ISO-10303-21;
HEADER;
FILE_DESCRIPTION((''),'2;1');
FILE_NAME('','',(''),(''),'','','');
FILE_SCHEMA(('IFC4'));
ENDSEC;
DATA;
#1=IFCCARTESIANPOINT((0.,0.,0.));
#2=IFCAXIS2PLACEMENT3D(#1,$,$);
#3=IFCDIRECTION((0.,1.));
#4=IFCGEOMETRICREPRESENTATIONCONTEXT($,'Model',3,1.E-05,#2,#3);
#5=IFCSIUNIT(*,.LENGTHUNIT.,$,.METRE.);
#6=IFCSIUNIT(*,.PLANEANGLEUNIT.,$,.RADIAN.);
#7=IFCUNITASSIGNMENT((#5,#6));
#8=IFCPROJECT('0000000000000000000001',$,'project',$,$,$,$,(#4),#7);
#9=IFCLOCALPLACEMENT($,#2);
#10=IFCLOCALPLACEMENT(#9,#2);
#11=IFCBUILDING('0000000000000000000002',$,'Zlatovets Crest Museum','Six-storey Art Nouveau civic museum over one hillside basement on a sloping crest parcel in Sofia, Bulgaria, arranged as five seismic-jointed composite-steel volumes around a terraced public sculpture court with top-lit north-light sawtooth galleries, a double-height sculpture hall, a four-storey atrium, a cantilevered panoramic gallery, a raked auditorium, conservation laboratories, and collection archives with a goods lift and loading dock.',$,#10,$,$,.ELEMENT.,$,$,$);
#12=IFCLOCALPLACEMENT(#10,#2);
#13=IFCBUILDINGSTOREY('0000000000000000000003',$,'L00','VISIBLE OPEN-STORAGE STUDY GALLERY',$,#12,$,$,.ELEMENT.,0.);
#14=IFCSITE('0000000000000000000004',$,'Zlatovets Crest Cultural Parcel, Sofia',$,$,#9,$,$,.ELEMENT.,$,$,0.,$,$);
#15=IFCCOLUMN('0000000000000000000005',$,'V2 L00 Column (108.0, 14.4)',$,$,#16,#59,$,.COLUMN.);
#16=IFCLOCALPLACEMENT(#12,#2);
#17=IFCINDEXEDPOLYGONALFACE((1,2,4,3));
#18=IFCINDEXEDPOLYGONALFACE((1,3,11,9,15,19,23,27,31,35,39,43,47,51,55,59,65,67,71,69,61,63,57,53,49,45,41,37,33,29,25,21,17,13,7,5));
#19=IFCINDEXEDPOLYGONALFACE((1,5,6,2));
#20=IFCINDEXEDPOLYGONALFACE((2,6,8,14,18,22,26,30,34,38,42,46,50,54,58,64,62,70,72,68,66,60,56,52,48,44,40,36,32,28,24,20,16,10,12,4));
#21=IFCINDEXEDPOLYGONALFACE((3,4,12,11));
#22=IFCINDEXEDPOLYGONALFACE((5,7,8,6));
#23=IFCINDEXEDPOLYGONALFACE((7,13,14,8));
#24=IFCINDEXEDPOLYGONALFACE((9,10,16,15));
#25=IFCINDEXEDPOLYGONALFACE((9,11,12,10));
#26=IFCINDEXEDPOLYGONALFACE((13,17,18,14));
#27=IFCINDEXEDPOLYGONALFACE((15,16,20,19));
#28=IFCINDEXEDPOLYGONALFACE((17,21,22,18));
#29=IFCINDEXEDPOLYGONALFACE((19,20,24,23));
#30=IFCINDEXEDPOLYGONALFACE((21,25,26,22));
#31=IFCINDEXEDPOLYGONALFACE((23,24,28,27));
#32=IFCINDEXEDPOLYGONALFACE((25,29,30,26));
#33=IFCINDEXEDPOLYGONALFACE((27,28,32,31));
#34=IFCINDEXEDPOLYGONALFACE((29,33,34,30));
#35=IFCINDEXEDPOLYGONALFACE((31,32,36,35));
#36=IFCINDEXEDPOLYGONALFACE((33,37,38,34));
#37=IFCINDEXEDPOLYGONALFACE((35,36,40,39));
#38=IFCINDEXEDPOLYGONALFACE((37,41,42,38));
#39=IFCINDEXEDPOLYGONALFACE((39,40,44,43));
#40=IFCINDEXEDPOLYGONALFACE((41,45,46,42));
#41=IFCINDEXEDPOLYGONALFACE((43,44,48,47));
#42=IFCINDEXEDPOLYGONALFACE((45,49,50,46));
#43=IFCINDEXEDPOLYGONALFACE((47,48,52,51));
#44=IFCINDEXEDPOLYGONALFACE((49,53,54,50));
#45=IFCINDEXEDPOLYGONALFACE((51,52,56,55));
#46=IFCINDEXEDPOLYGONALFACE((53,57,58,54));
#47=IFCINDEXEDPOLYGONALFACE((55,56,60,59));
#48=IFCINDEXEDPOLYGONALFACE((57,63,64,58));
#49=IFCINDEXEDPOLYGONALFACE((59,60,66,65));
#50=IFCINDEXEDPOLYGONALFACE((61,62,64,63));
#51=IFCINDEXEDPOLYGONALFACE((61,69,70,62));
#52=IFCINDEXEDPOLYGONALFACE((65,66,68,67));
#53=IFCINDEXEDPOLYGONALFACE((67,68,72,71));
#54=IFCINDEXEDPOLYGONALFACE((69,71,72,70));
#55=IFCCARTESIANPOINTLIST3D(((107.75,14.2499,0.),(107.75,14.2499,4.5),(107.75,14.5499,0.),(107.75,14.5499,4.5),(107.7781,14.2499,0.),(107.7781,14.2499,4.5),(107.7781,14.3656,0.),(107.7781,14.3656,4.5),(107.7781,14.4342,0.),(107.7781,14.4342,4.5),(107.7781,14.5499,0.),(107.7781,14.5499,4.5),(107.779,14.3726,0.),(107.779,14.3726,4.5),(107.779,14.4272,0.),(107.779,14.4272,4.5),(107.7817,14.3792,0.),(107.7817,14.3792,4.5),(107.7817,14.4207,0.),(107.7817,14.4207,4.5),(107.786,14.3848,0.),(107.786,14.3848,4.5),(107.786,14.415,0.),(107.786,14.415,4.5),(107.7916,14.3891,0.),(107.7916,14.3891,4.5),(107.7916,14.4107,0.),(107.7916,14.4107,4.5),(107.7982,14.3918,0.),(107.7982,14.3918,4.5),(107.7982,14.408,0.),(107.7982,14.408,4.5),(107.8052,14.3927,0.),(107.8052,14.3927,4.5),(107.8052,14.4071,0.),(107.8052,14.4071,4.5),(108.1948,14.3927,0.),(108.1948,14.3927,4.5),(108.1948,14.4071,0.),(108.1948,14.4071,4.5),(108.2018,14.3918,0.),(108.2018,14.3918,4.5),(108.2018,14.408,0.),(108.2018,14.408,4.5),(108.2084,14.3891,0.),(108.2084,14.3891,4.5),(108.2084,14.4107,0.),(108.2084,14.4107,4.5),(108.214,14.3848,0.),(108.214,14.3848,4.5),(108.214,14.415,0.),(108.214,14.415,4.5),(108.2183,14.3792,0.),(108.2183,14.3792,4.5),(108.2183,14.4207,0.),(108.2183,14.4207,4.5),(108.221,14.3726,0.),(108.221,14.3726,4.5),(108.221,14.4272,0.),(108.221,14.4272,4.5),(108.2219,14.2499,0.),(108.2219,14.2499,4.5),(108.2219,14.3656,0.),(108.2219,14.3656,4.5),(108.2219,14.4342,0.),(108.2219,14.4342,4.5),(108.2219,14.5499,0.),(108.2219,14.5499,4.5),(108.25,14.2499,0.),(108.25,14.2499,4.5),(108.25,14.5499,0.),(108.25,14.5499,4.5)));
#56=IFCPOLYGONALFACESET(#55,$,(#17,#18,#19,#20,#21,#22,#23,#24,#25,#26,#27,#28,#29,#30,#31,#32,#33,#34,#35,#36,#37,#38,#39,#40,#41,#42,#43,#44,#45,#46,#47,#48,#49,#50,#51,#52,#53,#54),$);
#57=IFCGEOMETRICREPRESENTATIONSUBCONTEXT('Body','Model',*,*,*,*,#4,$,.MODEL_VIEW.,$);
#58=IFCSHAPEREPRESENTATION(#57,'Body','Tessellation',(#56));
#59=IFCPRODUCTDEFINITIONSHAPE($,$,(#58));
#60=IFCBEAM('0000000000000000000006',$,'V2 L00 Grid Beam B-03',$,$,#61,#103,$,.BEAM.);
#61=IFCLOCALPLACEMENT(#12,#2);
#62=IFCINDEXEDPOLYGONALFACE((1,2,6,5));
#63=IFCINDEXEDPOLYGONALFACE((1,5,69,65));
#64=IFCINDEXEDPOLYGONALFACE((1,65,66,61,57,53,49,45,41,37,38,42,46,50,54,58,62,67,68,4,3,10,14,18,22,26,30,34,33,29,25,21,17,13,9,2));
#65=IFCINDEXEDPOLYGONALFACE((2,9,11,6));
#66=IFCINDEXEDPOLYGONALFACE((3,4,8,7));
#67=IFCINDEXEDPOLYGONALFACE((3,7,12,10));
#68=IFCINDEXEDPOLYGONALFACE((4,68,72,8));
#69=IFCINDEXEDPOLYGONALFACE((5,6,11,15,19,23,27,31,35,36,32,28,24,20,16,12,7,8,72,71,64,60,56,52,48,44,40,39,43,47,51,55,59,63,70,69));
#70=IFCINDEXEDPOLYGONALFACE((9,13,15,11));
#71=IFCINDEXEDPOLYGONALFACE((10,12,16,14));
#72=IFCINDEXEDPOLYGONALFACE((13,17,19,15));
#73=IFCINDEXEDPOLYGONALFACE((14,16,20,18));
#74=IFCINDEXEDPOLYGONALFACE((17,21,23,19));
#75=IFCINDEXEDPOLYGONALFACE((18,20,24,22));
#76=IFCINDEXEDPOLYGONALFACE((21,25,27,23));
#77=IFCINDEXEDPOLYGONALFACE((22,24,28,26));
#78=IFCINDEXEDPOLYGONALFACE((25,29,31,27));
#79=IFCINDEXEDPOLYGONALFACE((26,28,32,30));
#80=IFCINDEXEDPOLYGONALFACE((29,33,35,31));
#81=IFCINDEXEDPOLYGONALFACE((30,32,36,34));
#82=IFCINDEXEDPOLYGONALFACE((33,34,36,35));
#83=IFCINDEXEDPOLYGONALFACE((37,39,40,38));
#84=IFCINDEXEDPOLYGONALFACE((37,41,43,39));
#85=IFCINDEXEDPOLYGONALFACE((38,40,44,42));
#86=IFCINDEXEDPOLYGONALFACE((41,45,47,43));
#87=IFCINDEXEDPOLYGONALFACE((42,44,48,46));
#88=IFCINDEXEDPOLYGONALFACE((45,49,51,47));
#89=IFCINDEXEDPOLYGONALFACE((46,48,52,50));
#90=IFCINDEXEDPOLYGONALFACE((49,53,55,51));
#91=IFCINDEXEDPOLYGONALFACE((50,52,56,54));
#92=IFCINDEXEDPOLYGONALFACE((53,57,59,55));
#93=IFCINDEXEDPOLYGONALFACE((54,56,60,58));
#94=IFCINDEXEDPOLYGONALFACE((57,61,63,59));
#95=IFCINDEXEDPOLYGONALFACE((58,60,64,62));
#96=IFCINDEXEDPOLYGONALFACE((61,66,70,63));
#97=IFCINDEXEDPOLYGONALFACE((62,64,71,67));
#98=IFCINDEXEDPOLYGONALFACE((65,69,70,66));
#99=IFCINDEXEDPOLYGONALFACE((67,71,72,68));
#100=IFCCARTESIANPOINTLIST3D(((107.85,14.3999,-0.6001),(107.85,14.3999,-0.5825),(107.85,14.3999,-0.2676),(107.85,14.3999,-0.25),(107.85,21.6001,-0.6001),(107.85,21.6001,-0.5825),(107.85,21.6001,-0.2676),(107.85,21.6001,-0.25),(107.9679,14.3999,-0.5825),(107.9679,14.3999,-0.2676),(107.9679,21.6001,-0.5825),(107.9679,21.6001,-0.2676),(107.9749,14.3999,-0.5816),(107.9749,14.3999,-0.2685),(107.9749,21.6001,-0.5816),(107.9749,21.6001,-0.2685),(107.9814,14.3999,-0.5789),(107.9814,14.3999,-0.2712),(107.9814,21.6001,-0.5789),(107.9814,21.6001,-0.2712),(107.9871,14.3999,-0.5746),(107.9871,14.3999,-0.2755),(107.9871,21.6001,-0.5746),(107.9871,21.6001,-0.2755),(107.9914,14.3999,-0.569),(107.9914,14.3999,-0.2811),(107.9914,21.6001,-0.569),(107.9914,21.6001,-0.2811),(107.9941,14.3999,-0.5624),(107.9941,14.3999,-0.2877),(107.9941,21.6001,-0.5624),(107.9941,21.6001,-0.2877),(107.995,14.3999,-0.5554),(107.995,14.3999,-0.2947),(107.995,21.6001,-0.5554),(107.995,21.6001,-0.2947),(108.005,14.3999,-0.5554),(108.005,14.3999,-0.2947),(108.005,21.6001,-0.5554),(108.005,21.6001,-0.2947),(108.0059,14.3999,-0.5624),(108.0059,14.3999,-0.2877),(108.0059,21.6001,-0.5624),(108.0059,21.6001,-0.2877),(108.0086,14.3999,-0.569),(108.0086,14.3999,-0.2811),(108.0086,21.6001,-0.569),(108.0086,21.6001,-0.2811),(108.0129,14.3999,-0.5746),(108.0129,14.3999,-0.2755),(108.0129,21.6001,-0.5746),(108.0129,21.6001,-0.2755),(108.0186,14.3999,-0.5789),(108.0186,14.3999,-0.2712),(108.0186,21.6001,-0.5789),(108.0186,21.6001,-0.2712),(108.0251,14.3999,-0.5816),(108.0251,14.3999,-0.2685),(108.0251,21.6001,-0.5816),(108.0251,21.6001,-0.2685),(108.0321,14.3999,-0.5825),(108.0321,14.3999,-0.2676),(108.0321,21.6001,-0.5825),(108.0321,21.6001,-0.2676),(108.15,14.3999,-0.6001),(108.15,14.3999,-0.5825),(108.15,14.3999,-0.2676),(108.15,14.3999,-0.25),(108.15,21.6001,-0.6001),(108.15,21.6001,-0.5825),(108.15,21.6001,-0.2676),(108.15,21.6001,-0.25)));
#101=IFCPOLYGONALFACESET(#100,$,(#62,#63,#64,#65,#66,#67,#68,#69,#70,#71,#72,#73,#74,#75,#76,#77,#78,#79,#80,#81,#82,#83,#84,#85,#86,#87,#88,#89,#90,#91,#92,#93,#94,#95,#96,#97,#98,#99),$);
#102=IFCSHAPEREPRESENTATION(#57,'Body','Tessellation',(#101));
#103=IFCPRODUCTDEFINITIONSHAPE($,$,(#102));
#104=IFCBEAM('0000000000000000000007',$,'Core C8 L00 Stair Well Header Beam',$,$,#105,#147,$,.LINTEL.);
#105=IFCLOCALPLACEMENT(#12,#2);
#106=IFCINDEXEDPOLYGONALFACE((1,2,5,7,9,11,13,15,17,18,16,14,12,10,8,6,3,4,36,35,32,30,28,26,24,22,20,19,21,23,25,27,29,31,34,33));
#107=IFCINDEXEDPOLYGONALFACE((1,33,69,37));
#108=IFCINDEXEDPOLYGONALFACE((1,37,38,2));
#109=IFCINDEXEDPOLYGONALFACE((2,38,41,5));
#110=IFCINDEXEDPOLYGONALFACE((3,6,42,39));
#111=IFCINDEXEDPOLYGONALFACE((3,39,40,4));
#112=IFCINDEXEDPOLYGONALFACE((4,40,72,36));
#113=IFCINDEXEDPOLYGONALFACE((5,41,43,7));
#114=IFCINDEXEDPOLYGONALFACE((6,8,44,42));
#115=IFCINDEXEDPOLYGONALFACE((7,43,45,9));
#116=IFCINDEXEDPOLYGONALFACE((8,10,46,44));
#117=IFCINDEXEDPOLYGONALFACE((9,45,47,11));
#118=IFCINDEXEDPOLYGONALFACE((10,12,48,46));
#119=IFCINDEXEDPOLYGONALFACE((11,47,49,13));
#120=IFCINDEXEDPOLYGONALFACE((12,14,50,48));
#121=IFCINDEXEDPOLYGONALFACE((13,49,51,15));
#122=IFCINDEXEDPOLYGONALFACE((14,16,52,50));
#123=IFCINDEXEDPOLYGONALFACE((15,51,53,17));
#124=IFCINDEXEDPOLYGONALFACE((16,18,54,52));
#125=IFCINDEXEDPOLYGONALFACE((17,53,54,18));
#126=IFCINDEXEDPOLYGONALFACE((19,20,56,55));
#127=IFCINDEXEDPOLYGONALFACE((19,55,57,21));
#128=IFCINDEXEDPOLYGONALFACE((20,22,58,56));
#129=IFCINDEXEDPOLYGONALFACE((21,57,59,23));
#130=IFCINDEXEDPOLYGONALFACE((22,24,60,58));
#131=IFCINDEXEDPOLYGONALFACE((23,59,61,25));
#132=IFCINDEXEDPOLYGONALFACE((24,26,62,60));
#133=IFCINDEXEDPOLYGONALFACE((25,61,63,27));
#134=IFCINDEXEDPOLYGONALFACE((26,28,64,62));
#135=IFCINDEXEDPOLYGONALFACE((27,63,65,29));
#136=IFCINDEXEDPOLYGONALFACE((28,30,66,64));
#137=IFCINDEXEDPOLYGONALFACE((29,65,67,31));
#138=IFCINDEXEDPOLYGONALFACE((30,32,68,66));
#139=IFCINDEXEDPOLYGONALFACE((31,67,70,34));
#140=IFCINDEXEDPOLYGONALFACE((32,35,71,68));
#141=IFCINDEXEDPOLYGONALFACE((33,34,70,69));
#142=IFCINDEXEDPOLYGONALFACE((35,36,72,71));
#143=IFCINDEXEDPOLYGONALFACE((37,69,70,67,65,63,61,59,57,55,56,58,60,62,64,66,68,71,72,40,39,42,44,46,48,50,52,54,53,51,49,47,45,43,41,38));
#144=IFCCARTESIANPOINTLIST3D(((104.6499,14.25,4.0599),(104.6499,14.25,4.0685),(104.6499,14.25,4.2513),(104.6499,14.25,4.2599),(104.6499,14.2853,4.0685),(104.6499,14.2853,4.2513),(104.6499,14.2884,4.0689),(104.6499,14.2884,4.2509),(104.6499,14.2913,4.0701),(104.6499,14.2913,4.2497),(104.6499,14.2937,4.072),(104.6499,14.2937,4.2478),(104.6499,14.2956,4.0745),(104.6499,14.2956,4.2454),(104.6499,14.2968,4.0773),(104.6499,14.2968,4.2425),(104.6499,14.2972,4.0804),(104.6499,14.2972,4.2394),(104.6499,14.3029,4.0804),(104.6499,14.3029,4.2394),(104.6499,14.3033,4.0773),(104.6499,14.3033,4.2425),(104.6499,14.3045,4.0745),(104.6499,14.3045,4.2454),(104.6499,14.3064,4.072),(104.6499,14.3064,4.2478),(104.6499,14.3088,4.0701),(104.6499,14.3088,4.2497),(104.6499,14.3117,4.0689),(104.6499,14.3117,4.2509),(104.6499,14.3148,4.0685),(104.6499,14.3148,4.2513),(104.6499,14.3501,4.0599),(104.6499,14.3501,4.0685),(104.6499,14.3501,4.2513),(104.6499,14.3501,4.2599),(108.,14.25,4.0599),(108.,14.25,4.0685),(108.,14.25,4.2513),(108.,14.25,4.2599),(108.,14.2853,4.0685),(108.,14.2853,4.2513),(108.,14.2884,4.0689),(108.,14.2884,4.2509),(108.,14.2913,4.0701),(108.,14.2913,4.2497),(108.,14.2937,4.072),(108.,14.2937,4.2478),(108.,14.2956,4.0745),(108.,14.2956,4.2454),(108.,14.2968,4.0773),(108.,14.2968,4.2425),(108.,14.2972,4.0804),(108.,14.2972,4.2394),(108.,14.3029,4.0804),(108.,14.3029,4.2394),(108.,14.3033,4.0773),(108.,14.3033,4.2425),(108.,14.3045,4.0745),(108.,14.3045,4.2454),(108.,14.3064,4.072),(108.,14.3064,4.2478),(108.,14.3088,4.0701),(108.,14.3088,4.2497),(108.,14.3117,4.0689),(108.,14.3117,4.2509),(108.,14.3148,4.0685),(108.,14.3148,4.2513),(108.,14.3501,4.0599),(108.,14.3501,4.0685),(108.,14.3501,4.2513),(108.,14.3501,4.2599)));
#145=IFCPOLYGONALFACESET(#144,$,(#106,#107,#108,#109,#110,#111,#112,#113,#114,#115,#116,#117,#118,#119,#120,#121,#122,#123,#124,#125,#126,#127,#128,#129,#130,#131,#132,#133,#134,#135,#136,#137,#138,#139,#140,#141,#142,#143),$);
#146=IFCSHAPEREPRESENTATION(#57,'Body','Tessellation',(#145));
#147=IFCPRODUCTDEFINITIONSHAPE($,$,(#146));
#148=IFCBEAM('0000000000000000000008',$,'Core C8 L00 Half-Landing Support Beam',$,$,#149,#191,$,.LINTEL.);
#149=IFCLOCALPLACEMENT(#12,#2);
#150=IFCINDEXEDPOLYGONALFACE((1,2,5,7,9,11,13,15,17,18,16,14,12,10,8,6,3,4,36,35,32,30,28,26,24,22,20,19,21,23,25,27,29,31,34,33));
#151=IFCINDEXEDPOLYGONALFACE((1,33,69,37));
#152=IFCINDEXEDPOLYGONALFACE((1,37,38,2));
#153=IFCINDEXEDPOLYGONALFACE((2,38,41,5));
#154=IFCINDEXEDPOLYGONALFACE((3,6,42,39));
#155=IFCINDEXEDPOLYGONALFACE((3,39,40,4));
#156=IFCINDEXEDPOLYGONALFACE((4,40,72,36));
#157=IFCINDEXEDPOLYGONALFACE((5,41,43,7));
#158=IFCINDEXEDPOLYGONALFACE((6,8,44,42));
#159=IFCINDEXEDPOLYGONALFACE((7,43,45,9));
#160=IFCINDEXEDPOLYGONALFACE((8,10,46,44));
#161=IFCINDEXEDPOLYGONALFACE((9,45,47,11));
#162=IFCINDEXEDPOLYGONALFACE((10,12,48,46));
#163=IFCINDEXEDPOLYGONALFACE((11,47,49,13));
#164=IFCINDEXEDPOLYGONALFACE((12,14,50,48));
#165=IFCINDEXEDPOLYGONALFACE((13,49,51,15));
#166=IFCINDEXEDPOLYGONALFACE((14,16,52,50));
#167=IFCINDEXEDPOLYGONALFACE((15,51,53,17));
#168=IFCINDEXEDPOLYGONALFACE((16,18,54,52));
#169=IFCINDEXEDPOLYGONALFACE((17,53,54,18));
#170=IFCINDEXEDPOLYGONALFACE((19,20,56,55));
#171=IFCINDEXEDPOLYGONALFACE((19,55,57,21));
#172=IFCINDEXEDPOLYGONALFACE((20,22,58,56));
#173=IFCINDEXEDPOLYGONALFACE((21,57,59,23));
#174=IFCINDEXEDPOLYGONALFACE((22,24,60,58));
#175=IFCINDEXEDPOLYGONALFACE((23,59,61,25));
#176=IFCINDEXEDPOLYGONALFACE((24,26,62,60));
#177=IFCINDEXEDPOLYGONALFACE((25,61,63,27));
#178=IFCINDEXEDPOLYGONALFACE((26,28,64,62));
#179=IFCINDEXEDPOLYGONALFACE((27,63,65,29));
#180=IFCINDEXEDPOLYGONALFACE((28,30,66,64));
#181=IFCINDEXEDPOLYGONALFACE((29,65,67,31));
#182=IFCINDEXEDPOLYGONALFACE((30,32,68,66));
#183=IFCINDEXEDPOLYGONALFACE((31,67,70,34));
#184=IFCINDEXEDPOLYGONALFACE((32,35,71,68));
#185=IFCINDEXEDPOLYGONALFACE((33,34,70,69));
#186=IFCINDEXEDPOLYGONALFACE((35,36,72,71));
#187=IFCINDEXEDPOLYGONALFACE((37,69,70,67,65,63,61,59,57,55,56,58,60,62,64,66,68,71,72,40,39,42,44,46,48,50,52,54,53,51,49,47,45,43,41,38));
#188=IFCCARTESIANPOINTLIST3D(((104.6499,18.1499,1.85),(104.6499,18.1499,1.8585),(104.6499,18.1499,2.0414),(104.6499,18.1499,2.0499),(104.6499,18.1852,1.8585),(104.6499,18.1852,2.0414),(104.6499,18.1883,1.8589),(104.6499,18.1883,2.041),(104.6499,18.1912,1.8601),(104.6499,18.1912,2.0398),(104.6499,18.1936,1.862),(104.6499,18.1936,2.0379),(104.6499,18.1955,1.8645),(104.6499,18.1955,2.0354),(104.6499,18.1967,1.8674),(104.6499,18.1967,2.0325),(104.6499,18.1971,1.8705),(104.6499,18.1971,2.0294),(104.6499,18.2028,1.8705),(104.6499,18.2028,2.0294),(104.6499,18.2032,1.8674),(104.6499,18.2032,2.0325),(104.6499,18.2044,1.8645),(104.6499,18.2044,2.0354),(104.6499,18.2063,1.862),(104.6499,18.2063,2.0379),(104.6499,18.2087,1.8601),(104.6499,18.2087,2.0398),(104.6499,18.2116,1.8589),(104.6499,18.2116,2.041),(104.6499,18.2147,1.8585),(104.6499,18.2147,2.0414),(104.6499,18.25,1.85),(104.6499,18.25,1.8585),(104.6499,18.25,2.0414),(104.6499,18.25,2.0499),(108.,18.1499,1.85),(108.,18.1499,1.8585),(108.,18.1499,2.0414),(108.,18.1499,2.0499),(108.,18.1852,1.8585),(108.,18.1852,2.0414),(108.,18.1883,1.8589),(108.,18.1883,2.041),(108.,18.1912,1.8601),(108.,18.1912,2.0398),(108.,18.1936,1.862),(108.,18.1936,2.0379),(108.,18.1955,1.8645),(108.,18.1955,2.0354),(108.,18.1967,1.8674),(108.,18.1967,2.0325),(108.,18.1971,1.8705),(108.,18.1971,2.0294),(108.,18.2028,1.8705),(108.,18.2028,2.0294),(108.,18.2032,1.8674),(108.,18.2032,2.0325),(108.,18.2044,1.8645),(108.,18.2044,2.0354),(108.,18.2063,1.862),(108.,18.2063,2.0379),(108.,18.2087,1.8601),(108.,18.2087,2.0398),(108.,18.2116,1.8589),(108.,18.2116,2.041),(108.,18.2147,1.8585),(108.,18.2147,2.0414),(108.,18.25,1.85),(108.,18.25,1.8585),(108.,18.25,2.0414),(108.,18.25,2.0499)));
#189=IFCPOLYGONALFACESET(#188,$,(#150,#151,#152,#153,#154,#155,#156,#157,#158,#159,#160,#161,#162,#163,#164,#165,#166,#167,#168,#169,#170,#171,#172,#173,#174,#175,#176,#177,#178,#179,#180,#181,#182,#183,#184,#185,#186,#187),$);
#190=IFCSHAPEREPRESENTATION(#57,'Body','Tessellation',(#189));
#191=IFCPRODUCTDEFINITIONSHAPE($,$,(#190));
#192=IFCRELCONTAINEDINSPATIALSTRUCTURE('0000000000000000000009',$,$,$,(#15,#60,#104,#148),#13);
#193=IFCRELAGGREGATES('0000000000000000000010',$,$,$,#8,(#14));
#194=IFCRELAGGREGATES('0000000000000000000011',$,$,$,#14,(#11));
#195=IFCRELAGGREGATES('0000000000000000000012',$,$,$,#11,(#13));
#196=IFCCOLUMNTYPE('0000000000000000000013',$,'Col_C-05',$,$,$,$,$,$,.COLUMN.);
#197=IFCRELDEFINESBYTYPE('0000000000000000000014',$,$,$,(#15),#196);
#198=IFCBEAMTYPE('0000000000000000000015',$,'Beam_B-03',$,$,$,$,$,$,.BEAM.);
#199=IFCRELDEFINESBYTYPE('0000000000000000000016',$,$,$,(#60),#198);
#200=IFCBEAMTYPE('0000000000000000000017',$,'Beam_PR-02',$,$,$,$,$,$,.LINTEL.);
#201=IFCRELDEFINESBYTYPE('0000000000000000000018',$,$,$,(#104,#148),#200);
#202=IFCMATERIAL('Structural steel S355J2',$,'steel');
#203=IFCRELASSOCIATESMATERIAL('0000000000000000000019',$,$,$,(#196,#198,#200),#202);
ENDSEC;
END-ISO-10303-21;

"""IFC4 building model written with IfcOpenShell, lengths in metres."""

from ifc_helpers import new_model, si_unit, direction, frame, origin, origin_2d, place, context, subcontext, project, spatial, i_section, extrude, material, material_profile, profile_set, type_object, element, save


model = new_model("IFC4")

# Units and contexts
model_context = context("Model", 3, precision=1e-05, world=origin(), true_north=direction((0.0, 1.0)))
body_context = subcontext(model_context, "Body", "Model", "MODEL_VIEW")
ifc_project = project(units=[si_unit("LENGTHUNIT", "METRE"), si_unit("PLANEANGLEUNIT", "RADIAN")], contexts=[model_context])

# Site, building, storey
site_placement = place(None, origin())
site = spatial("IfcSite", under=ifc_project, at=site_placement, Name="Zlatovets Crest Cultural Parcel, Sofia", CompositionType="ELEMENT", RefElevation=0.0)
building_placement = place(site_placement, origin())
building = spatial("IfcBuilding", under=site, at=building_placement, Name="Zlatovets Crest Museum", Description="Six-storey Art Nouveau civic museum over one hillside basement on a sloping crest parcel in Sofia, Bulgaria, arranged as five seismic-jointed composite-steel volumes around a terraced public sculpture court with top-lit north-light sawtooth galleries, a double-height sculpture hall, a four-storey atrium, a cantilevered panoramic gallery, a raked auditorium, conservation laboratories, and collection archives with a goods lift and loading dock.", CompositionType="ELEMENT")
storey_placement = place(building_placement, origin())
storey = spatial("IfcBuildingStorey", under=building, at=storey_placement, Name="L00", Description="VISIBLE OPEN-STORAGE STUDY GALLERY", CompositionType="ELEMENT", Elevation=0.0)

# Column
ifc_material_1 = material(Name="Structural steel S355J2", Category="steel")
ifc_material_profile_1 = material_profile(ifc_material_1, i_section(OverallWidth=0.3, OverallDepth=0.5, WebThickness=0.0144, FlangeThickness=0.0281, FilletRadius=0.0271, at=origin_2d()), Name="HEB 500")
ifc_profile_set_1 = profile_set([ifc_material_profile_1], Name="Structural steel S355J2")
column_type = type_object("IfcColumnType", Name="Col_C-05", PredefinedType="COLUMN", material=ifc_profile_set_1)
column_placement = place(storey_placement, frame((108.0, 14.3999, 0.0), z_axis=(0.0, 0.0, 1.0), x_axis=(0.0, 1.0, 0.0)))
element("IfcColumn", 1, at=column_placement, inside=storey, type_object=column_type, Name="V2 L00 Column (108.0, 14.4)", PredefinedType="COLUMN", context=body_context, shape_type="SweptSolid", body=[
    extrude(i_section(OverallWidth=0.3, OverallDepth=0.5, WebThickness=0.0144, FlangeThickness=0.0281, FilletRadius=0.0271, at=origin_2d()), origin(), (0.0, 0.0, 1.0), 4.5),
])

# Beams
ifc_material_profile_2 = material_profile(ifc_material_1, i_section(OverallWidth=0.3, OverallDepth=0.3501, WebThickness=0.01, FlangeThickness=0.0176, FilletRadius=0.0271, at=origin_2d()), Name="HEA 360")
ifc_profile_set_2 = profile_set([ifc_material_profile_2], Name="Structural steel S355J2")
beam_type_1 = type_object("IfcBeamType", Name="Beam_B-03", PredefinedType="BEAM", material=ifc_profile_set_2)
beam_placement = place(storey_placement, frame((108.0, 14.3999, -0.425), z_axis=(0.0, 1.0, 0.0), x_axis=(-1.0, 0.0, 0.0)))
element("IfcBeam", 2, at=beam_placement, inside=storey, type_object=beam_type_1, Name="V2 L00 Grid Beam B-03", PredefinedType="BEAM", context=body_context, shape_type="SweptSolid", body=[
    extrude(i_section(OverallWidth=0.3, OverallDepth=0.3501, WebThickness=0.01, FlangeThickness=0.0176, FilletRadius=0.0271, at=origin_2d()), origin(), (0.0, 0.0, 1.0), 7.2002),
])
ifc_material_profile_3 = material_profile(ifc_material_1, i_section(OverallWidth=0.1001, OverallDepth=0.2, WebThickness=0.0056, FlangeThickness=0.0085, FilletRadius=0.012, at=origin_2d()), Name="IPE 200")
ifc_profile_set_3 = profile_set([ifc_material_profile_3], Name="Structural steel S355J2")
beam_type_2 = type_object("IfcBeamType", Name="Beam_PR-02", PredefinedType="LINTEL", material=ifc_profile_set_3)
for number, where, z_axis, x_axis, name in (
    (3, (104.6499, 14.3, 4.1599), (1.0, 0.0, 0.0), (0.0, 1.0, 0.0), "Core C8 L00 Stair Well Header Beam"),
    (4, (104.6499, 18.2, 1.95), (1.0, 0.0, 0.0), (0.0, 1.0, 0.0), "Core C8 L00 Half-Landing Support Beam"),
):
    element("IfcBeam", number, at=place(storey_placement, frame(where, z_axis=z_axis, x_axis=x_axis)), inside=storey, type_object=beam_type_2, Name=name, PredefinedType="LINTEL", context=body_context, shape_type="SweptSolid", body=[
        extrude(i_section(OverallWidth=0.1001, OverallDepth=0.2, WebThickness=0.0056, FlangeThickness=0.0085, FilletRadius=0.012, at=origin_2d()), origin(), (0.0, 0.0, 1.0), 3.3501),
    ])

save(model, "model.ifc")
